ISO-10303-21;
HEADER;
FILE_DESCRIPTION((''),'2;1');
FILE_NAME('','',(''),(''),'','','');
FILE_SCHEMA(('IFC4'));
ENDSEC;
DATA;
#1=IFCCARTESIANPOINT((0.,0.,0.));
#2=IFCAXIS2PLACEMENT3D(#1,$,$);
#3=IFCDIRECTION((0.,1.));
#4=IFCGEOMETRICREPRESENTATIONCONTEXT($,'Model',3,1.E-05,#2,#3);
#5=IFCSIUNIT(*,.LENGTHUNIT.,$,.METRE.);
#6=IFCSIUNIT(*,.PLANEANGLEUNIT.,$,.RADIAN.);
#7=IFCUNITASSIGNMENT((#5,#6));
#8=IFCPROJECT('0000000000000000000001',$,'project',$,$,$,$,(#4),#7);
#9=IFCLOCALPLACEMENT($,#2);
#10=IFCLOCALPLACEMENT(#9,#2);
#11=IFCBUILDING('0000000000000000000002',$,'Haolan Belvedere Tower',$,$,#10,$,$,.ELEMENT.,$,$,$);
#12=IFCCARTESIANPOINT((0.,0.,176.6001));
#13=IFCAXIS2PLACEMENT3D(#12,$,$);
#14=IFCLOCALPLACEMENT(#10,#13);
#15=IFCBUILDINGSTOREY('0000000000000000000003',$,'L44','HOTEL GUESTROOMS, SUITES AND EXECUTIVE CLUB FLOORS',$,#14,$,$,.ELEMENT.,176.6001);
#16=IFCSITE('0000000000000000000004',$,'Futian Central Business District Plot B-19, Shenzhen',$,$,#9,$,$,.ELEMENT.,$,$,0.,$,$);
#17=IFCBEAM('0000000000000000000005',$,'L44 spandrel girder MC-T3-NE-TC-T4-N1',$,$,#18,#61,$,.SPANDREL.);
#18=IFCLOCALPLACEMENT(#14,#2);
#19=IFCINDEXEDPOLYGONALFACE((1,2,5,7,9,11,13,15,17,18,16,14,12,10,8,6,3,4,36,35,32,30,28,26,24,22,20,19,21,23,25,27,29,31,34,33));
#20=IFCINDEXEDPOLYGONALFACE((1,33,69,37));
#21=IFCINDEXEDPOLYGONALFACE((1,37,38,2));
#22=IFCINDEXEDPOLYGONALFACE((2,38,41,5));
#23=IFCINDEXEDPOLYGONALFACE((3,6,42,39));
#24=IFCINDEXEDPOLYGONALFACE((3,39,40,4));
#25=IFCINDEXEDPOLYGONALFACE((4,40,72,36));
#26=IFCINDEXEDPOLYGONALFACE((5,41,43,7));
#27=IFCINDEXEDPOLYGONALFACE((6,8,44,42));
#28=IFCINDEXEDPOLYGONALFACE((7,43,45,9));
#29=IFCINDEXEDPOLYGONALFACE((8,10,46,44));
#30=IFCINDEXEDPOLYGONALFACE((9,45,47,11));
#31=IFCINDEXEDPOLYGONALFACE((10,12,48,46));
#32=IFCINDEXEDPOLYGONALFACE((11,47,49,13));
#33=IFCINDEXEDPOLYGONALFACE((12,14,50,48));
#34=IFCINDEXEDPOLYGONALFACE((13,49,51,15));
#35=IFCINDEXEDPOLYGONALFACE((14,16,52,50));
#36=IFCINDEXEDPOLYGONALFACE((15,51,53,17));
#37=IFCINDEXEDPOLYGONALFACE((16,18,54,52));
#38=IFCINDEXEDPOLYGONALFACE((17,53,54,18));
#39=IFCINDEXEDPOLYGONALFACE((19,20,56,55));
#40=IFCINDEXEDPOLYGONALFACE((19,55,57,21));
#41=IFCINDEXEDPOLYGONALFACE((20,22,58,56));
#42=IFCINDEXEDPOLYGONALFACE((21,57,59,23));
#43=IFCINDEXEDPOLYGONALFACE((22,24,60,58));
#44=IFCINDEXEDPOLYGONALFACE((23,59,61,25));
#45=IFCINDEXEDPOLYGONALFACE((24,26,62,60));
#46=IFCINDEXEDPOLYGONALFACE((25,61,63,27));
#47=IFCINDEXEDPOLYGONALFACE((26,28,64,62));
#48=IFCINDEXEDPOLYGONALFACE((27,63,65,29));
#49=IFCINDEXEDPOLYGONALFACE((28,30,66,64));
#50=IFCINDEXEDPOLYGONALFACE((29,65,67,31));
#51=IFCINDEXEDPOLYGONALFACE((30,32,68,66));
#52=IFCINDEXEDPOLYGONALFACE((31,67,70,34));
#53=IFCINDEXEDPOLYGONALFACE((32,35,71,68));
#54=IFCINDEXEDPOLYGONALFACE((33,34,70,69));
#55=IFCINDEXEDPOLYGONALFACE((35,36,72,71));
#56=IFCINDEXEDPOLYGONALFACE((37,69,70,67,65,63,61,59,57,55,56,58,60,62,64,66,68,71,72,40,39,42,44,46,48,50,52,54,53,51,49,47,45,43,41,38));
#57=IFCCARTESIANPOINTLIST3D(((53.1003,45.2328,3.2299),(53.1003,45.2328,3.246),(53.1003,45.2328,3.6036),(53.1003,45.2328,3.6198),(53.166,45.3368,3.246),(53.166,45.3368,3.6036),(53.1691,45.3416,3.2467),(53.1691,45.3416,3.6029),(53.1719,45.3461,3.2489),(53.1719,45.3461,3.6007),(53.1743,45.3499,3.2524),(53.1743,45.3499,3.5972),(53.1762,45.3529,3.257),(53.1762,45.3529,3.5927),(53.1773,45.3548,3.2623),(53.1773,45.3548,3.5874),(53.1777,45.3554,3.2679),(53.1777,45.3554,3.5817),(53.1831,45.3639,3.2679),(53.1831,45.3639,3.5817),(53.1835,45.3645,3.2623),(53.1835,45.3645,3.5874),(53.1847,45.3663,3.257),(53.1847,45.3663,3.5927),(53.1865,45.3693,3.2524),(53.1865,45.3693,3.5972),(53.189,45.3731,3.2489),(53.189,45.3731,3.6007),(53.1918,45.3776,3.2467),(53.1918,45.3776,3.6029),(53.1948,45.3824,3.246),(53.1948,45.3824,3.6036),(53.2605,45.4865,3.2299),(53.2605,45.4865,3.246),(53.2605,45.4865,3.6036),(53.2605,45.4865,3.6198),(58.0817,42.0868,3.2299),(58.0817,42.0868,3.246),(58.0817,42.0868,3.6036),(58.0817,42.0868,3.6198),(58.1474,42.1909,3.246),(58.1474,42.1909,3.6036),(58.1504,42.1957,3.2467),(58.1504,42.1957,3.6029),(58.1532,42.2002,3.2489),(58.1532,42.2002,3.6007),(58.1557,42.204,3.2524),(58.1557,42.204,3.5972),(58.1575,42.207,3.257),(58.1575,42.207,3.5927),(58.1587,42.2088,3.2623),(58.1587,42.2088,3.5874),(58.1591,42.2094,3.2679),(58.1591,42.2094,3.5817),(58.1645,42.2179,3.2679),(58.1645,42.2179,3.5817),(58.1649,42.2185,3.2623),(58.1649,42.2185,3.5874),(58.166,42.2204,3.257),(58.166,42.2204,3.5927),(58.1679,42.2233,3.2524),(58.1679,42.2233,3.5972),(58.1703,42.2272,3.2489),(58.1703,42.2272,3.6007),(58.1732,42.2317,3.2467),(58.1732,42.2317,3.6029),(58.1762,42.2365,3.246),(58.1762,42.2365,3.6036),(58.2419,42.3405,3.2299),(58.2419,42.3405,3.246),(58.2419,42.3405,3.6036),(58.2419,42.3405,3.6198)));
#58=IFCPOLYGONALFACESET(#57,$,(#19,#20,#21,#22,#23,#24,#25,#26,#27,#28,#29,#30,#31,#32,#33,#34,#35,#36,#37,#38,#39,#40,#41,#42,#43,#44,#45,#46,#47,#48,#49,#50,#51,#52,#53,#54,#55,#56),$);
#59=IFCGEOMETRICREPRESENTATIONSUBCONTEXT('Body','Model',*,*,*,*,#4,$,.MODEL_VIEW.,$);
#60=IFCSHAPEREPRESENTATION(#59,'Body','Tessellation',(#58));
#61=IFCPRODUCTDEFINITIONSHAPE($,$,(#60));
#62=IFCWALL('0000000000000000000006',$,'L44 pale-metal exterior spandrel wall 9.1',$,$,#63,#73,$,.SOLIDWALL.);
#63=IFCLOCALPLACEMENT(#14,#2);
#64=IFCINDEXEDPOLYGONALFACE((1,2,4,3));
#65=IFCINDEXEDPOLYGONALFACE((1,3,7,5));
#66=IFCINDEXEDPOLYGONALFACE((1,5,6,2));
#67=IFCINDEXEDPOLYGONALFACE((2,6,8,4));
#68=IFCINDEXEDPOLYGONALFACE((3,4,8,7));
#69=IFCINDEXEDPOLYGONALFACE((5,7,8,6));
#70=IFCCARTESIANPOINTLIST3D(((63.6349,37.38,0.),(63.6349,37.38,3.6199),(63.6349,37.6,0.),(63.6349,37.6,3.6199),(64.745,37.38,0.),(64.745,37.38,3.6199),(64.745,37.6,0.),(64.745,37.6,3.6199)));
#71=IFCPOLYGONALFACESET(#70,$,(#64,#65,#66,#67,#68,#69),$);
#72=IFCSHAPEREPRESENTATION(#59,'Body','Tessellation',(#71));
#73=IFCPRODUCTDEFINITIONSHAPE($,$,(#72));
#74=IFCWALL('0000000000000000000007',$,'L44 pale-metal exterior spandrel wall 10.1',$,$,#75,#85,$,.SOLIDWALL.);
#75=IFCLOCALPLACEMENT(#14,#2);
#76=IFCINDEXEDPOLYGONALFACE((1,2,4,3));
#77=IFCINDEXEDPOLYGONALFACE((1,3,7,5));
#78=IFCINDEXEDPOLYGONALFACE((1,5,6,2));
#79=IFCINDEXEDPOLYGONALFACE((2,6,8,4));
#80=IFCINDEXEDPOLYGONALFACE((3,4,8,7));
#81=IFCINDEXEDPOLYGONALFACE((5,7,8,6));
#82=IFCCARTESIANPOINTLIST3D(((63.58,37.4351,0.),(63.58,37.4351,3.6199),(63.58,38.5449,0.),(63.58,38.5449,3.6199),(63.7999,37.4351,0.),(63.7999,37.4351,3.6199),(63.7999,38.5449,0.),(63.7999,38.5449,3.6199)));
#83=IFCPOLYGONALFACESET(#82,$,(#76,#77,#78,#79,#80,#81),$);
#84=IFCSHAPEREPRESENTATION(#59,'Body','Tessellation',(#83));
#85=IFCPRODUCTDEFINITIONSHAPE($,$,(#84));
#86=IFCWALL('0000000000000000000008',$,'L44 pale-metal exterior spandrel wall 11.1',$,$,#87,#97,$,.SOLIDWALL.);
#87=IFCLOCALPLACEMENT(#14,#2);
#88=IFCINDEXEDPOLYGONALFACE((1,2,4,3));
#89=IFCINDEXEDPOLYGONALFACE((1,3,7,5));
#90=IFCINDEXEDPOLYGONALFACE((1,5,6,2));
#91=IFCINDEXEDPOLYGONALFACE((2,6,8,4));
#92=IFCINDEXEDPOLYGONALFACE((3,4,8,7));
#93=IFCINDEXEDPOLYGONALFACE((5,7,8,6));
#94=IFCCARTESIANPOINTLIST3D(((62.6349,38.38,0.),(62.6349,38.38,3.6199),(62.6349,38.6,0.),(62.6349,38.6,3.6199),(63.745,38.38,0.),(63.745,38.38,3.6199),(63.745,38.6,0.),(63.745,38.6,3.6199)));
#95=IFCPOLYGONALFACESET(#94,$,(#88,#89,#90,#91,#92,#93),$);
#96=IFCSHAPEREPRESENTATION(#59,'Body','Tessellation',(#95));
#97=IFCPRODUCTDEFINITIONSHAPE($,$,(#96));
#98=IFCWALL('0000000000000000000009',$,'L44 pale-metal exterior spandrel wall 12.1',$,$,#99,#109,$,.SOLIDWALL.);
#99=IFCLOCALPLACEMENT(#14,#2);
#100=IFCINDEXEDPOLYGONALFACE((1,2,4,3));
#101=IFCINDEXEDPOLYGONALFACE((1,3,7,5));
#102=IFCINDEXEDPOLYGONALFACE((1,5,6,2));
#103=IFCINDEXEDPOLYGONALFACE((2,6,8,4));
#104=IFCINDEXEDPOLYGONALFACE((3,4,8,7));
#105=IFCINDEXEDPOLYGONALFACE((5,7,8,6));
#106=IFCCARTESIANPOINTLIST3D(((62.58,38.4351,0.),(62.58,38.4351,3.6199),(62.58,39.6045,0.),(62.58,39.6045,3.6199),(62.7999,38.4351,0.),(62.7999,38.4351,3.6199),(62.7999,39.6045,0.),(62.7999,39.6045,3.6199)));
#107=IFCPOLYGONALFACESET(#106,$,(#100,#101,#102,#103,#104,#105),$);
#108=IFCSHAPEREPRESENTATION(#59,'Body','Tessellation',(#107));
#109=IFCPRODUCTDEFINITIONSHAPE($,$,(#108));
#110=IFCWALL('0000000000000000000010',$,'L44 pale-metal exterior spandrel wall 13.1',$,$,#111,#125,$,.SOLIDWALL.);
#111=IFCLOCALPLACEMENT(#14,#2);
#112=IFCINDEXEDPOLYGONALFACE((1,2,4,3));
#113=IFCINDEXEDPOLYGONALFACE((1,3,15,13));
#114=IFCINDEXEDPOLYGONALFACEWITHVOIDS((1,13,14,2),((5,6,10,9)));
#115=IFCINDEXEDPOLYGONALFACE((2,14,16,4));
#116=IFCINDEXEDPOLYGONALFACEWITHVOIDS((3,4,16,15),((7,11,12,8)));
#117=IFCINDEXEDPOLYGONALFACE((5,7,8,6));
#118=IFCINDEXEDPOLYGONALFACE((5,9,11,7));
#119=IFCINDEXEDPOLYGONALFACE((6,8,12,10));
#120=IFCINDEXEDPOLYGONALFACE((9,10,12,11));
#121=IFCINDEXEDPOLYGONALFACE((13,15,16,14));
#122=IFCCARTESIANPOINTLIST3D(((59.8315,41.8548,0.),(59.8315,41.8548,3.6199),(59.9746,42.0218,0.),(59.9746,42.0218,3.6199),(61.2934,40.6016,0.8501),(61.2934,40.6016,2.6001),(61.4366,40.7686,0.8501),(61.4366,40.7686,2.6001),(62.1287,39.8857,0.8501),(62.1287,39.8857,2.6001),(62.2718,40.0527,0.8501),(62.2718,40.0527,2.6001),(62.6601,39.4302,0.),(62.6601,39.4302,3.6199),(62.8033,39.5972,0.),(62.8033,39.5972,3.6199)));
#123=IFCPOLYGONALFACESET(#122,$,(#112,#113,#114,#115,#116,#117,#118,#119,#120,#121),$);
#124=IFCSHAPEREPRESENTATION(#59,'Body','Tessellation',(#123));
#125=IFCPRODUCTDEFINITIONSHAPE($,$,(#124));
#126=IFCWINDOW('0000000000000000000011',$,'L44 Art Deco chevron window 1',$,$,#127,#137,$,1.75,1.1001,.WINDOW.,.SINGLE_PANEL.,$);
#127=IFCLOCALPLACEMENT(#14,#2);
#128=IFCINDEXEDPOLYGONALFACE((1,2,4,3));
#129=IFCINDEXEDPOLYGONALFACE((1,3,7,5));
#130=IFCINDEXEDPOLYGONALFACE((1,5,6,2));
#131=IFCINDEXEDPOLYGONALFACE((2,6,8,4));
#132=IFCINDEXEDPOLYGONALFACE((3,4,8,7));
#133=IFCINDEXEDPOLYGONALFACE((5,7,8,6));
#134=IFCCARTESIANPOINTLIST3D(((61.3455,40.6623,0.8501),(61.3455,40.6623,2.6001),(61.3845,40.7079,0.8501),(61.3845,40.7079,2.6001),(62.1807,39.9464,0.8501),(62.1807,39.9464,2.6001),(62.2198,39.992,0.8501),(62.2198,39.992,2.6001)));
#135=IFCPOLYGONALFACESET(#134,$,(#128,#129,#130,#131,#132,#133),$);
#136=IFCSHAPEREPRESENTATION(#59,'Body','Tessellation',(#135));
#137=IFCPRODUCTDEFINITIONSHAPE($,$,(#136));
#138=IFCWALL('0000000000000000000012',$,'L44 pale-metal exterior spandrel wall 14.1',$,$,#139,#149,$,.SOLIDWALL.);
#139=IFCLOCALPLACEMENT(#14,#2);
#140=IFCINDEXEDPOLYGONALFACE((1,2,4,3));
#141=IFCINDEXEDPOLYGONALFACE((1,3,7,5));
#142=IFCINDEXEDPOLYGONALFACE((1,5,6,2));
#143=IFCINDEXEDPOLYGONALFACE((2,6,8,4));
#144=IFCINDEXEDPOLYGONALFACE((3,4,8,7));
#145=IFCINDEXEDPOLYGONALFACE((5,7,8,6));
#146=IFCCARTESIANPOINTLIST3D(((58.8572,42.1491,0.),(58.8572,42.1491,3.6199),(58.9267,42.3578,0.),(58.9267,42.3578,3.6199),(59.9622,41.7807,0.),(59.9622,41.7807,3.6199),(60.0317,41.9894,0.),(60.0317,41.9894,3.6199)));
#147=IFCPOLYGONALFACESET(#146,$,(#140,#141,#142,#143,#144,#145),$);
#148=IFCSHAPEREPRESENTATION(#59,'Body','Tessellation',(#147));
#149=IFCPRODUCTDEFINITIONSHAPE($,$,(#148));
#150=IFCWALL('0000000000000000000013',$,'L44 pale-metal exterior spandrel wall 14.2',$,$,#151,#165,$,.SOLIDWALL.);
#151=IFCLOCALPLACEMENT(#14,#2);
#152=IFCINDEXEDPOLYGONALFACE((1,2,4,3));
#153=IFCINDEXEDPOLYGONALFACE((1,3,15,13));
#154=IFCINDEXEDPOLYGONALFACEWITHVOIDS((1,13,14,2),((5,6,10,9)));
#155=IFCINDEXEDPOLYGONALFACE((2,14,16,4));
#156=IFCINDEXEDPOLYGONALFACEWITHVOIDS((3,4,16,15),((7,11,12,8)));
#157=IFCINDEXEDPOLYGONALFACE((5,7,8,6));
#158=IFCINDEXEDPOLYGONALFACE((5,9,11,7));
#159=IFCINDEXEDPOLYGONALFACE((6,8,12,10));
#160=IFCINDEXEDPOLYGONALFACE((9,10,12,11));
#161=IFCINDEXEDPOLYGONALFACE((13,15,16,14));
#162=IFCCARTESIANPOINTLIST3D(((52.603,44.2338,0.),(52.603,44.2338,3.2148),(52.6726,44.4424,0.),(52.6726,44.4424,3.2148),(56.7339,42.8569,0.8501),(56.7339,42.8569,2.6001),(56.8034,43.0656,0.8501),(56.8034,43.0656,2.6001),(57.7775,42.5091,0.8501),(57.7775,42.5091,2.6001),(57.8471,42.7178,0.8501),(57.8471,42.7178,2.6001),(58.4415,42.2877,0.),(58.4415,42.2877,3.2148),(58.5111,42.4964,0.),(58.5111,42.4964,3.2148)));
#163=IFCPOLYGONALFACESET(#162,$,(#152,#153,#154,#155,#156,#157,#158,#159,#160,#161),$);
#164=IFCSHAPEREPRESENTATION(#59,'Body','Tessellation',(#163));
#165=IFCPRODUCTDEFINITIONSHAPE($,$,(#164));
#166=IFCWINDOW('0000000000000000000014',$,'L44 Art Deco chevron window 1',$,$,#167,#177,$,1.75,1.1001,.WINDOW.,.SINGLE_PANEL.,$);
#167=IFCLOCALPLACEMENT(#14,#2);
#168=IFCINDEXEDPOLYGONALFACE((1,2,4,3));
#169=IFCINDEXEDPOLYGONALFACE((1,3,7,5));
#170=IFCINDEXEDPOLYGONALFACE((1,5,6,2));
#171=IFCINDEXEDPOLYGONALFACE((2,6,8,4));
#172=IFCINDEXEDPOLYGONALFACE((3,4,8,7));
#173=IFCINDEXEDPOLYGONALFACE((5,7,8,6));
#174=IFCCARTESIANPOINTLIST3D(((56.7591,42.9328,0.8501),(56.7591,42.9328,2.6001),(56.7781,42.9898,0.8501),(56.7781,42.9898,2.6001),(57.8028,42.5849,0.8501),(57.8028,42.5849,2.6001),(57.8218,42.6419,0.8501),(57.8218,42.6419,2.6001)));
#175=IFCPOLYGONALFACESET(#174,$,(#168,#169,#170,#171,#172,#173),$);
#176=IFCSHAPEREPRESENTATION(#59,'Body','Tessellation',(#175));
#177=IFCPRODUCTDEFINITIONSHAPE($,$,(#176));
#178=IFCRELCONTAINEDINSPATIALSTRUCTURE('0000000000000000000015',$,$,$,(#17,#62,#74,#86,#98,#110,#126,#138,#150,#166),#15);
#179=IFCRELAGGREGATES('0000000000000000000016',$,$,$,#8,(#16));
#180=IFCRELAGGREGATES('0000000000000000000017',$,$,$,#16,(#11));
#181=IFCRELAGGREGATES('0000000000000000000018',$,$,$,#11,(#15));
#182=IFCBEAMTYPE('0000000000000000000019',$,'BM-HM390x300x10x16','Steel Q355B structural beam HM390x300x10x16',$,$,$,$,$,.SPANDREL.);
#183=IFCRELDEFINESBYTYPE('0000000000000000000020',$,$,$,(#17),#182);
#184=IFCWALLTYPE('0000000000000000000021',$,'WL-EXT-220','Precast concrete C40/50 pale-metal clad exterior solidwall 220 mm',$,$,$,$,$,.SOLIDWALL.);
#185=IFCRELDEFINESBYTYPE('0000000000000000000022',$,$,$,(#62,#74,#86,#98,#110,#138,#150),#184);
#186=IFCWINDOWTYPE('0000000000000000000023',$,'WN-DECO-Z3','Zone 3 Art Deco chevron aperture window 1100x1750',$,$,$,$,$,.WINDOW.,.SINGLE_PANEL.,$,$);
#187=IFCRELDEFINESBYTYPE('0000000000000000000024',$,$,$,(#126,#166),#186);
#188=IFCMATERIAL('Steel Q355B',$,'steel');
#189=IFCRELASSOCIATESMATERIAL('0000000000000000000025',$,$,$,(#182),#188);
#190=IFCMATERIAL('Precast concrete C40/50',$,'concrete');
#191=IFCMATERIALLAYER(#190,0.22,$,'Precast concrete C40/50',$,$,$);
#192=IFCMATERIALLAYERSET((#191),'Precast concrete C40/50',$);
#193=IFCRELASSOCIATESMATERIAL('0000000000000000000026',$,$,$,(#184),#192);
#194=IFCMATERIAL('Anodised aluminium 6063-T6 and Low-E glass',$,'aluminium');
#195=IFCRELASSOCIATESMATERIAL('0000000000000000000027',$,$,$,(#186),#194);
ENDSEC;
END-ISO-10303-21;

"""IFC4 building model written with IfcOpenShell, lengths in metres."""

from ifc_helpers import new_model, si_unit, direction, frame, frame_2d, origin, origin_2d, place, context, subcontext, project, spatial, rectangle, i_section, extrude, material, layer, layer_set, material_profile, profile_set, type_object, element, fill, save


model = new_model("IFC4")

# Units and contexts
model_context = context("Model", 3, precision=1e-05, world=origin(), true_north=direction((0.0, 1.0)))
body_context = subcontext(model_context, "Body", "Model", "MODEL_VIEW")
ifc_project = project(units=[si_unit("LENGTHUNIT", "METRE"), si_unit("PLANEANGLEUNIT", "RADIAN")], contexts=[model_context])

# Site, building, storey
site_placement = place(None, origin())
site = spatial("IfcSite", under=ifc_project, at=site_placement, Name="Futian Central Business District Plot B-19, Shenzhen", CompositionType="ELEMENT", RefElevation=0.0)
building_placement = place(site_placement, origin())
building = spatial("IfcBuilding", under=site, at=building_placement, Name="Haolan Belvedere Tower", CompositionType="ELEMENT")
storey_placement = place(building_placement, frame((0.0, 0.0, 176.6001)))
storey = spatial("IfcBuildingStorey", under=building, at=storey_placement, Name="L44", Description="HOTEL GUESTROOMS, SUITES AND EXECUTIVE CLUB FLOORS", CompositionType="ELEMENT", Elevation=176.6001)

# Beam
ifc_material_1 = material(Name="Steel Q355B", Category="steel")
ifc_material_profile_1 = material_profile(ifc_material_1, i_section(OverallWidth=0.3, OverallDepth=0.3899, WebThickness=0.01, FlangeThickness=0.0161, FilletRadius=0.022, at=origin_2d()), Name="Steel Q355B")
ifc_profile_set_1 = profile_set([ifc_material_profile_1], Name="Steel Q355B")
beam_type = type_object("IfcBeamType", Name="BM-HM390x300x10x16", Description="Steel Q355B structural beam HM390x300x10x16", PredefinedType="SPANDREL", material=ifc_profile_set_1)
beam_placement = place(storey_placement, frame((53.1804, 45.3596, 3.4248), z_axis=(0.845503, -0.533971, 0.0), x_axis=(0.533971, 0.845503, 0.0)))
element("IfcBeam", 1, at=beam_placement, inside=storey, type_object=beam_type, Name="L44 spandrel girder MC-T3-NE-TC-T4-N1", PredefinedType="SPANDREL", context=body_context, shape_type="SweptSolid", body=[
    extrude(i_section(OverallWidth=0.3, OverallDepth=0.3899, WebThickness=0.01, FlangeThickness=0.0161, FilletRadius=0.022, at=origin_2d()), origin(), (0.0, 0.0, 1.0), 5.8916),
])

# Walls
ifc_material_2 = material(Name="Precast concrete C40/50", Category="concrete")
ifc_layer_1 = layer(ifc_material_2, 0.22, Name="Precast concrete C40/50")
ifc_layer_set_1 = layer_set([ifc_layer_1], Name="Precast concrete C40/50")
wall_type_1 = type_object("IfcWallType", Name="WL-EXT-220", Description="Precast concrete C40/50 pale-metal clad exterior solidwall 220 mm", PredefinedType="SOLIDWALL", material=ifc_layer_set_1)
wall_1_placement = place(storey_placement, frame((64.7451, 37.49, 0.0), z_axis=(0.0, 0.0, 1.0), x_axis=(-1.0, 0.0, 0.0)))
element("IfcWall", 2, at=wall_1_placement, inside=storey, type_object=wall_type_1, Name="L44 pale-metal exterior spandrel wall 9.1", PredefinedType="SOLIDWALL", context=body_context, shape_type="SweptSolid", body=[
    extrude(rectangle(XDim=1.1101, YDim=0.22, at=frame_2d((0.5552, 0.0))), origin(), (0.0, 0.0, 1.0), 3.6199),
])
wall_2_placement = place(storey_placement, frame((63.6899, 37.4351, 0.0), z_axis=(0.0, 0.0, 1.0), x_axis=(0.0, 1.0, 0.0)))
element("IfcWall", 3, at=wall_2_placement, inside=storey, type_object=wall_type_1, Name="L44 pale-metal exterior spandrel wall 10.1", PredefinedType="SOLIDWALL", context=body_context, shape_type="SweptSolid", body=[
    extrude(rectangle(XDim=1.1099, YDim=0.22, at=frame_2d((0.5549, 0.0))), origin(), (0.0, 0.0, 1.0), 3.6199),
])
wall_3_placement = place(storey_placement, frame((63.7451, 38.49, 0.0), z_axis=(0.0, 0.0, 1.0), x_axis=(-1.0, 0.0, 0.0)))
element("IfcWall", 4, at=wall_3_placement, inside=storey, type_object=wall_type_1, Name="L44 pale-metal exterior spandrel wall 11.1", PredefinedType="SOLIDWALL", context=body_context, shape_type="SweptSolid", body=[
    extrude(rectangle(XDim=1.1101, YDim=0.22, at=frame_2d((0.5552, 0.0))), origin(), (0.0, 0.0, 1.0), 3.6199),
])
wall_4_placement = place(storey_placement, frame((62.6899, 38.4351, 0.0), z_axis=(0.0, 0.0, 1.0), x_axis=(0.0, 1.0, 0.0)))
element("IfcWall", 5, at=wall_4_placement, inside=storey, type_object=wall_type_1, Name="L44 pale-metal exterior spandrel wall 12.1", PredefinedType="SOLIDWALL", context=body_context, shape_type="SweptSolid", body=[
    extrude(rectangle(XDim=1.1694, YDim=0.22, at=frame_2d((0.5847, 0.0))), origin(), (0.0, 0.0, 1.0), 3.6199),
])

# Wall, opening, window
wall_5_placement = place(storey_placement, frame((62.7317, 39.5137, 0.0), z_axis=(0.0, 0.0, 1.0), x_axis=(-0.759252, 0.650797, 0.0)))
wall_5 = element("IfcWall", 6, at=wall_5_placement, inside=storey, type_object=wall_type_1, Name="L44 pale-metal exterior spandrel wall 13.1", PredefinedType="SOLIDWALL", context=body_context, shape_type="SweptSolid", body=[
    extrude(rectangle(XDim=3.7256, YDim=0.22, at=frame_2d((1.8628, 0.0))), origin(), (0.0, 0.0, 1.0), 3.6199),
])
opening_1_placement = place(wall_5_placement, frame((0.7, 0.0, 0.8501)))
opening_1 = element("IfcOpeningElement", 7, at=opening_1_placement, cuts=wall_5, PredefinedType="OPENING", context=body_context, shape_type="SweptSolid", body=[
    extrude(rectangle(XDim=1.1001, YDim=1.75, at=frame_2d((0.55, 0.875))), frame((0.0, 0.1199, 0.0), z_axis=(0.0, -1.0, 0.0), x_axis=(1.0, 0.0, 0.0)), (0.0, 0.0, 1.0), 0.24),
])
ifc_material_3 = material(Name="Anodised aluminium 6063-T6 and Low-E glass", Category="aluminium")
window_type = type_object("IfcWindowType", Name="WN-DECO-Z3", Description="Zone 3 Art Deco chevron aperture window 1100x1750", PartitioningType="SINGLE_PANEL", PredefinedType="WINDOW", material=ifc_material_3)
window_1_placement = place(opening_1_placement, origin())
window_1 = element("IfcWindow", 8, at=window_1_placement, inside=storey, type_object=window_type, Name="L44 Art Deco chevron window 1", OverallHeight=1.75, OverallWidth=1.1001, PartitioningType="SINGLE_PANEL", PredefinedType="WINDOW", context=body_context, shape_type="SweptSolid", body=[
    extrude(rectangle(XDim=1.1001, YDim=1.75, at=frame_2d((0.55, 0.875))), frame((0.0, 0.03, 0.0), z_axis=(0.0, -1.0, 0.0), x_axis=(1.0, 0.0, 0.0)), (0.0, 0.0, 1.0), 0.0601),
])
fill(opening_1, window_1)

# Wall
wall_6_placement = place(storey_placement, frame((59.9971, 41.885, 0.0), z_axis=(0.0, 0.0, 1.0), x_axis=(-0.948662, 0.316291, 0.0)))
element("IfcWall", 9, at=wall_6_placement, inside=storey, type_object=wall_type_1, Name="L44 pale-metal exterior spandrel wall 14.1", PredefinedType="SOLIDWALL", context=body_context, shape_type="SweptSolid", body=[
    extrude(rectangle(XDim=1.1648, YDim=0.22, at=frame_2d((0.5825, 0.0))), origin(), (0.0, 0.0, 1.0), 3.6199),
])

# Wall, opening, window
wall_7_placement = place(storey_placement, frame((58.4763, 42.3921, 0.0), z_axis=(0.0, 0.0, 1.0), x_axis=(-0.948691, 0.316204, 0.0)))
wall_7 = element("IfcWall", 10, at=wall_7_placement, inside=storey, type_object=wall_type_1, Name="L44 pale-metal exterior spandrel wall 14.2", PredefinedType="SOLIDWALL", context=body_context, shape_type="SweptSolid", body=[
    extrude(rectangle(XDim=6.1543, YDim=0.22, at=frame_2d((3.0771, 0.0))), origin(), (0.0, 0.0, 1.0), 3.2148),
])
opening_2_placement = place(wall_7_placement, frame((0.7, 0.0, 0.8501)))
opening_2 = element("IfcOpeningElement", 11, at=opening_2_placement, cuts=wall_7, PredefinedType="OPENING", context=body_context, shape_type="SweptSolid", body=[
    extrude(rectangle(XDim=1.1001, YDim=1.75, at=frame_2d((0.55, 0.875))), frame((0.0, 0.1199, 0.0), z_axis=(0.0, -1.0, 0.0), x_axis=(1.0, 0.0, 0.0)), (0.0, 0.0, 1.0), 0.24),
])
window_2_placement = place(opening_2_placement, origin())
window_2 = element("IfcWindow", 12, at=window_2_placement, inside=storey, type_object=window_type, Name="L44 Art Deco chevron window 1", OverallHeight=1.75, OverallWidth=1.1001, PartitioningType="SINGLE_PANEL", PredefinedType="WINDOW", context=body_context, shape_type="SweptSolid", body=[
    extrude(rectangle(XDim=1.1001, YDim=1.75, at=frame_2d((0.55, 0.875))), frame((0.0, 0.03, 0.0), z_axis=(0.0, -1.0, 0.0), x_axis=(1.0, 0.0, 0.0)), (0.0, 0.0, 1.0), 0.0601),
])
fill(opening_2, window_2)

save(model, "model.ifc")
